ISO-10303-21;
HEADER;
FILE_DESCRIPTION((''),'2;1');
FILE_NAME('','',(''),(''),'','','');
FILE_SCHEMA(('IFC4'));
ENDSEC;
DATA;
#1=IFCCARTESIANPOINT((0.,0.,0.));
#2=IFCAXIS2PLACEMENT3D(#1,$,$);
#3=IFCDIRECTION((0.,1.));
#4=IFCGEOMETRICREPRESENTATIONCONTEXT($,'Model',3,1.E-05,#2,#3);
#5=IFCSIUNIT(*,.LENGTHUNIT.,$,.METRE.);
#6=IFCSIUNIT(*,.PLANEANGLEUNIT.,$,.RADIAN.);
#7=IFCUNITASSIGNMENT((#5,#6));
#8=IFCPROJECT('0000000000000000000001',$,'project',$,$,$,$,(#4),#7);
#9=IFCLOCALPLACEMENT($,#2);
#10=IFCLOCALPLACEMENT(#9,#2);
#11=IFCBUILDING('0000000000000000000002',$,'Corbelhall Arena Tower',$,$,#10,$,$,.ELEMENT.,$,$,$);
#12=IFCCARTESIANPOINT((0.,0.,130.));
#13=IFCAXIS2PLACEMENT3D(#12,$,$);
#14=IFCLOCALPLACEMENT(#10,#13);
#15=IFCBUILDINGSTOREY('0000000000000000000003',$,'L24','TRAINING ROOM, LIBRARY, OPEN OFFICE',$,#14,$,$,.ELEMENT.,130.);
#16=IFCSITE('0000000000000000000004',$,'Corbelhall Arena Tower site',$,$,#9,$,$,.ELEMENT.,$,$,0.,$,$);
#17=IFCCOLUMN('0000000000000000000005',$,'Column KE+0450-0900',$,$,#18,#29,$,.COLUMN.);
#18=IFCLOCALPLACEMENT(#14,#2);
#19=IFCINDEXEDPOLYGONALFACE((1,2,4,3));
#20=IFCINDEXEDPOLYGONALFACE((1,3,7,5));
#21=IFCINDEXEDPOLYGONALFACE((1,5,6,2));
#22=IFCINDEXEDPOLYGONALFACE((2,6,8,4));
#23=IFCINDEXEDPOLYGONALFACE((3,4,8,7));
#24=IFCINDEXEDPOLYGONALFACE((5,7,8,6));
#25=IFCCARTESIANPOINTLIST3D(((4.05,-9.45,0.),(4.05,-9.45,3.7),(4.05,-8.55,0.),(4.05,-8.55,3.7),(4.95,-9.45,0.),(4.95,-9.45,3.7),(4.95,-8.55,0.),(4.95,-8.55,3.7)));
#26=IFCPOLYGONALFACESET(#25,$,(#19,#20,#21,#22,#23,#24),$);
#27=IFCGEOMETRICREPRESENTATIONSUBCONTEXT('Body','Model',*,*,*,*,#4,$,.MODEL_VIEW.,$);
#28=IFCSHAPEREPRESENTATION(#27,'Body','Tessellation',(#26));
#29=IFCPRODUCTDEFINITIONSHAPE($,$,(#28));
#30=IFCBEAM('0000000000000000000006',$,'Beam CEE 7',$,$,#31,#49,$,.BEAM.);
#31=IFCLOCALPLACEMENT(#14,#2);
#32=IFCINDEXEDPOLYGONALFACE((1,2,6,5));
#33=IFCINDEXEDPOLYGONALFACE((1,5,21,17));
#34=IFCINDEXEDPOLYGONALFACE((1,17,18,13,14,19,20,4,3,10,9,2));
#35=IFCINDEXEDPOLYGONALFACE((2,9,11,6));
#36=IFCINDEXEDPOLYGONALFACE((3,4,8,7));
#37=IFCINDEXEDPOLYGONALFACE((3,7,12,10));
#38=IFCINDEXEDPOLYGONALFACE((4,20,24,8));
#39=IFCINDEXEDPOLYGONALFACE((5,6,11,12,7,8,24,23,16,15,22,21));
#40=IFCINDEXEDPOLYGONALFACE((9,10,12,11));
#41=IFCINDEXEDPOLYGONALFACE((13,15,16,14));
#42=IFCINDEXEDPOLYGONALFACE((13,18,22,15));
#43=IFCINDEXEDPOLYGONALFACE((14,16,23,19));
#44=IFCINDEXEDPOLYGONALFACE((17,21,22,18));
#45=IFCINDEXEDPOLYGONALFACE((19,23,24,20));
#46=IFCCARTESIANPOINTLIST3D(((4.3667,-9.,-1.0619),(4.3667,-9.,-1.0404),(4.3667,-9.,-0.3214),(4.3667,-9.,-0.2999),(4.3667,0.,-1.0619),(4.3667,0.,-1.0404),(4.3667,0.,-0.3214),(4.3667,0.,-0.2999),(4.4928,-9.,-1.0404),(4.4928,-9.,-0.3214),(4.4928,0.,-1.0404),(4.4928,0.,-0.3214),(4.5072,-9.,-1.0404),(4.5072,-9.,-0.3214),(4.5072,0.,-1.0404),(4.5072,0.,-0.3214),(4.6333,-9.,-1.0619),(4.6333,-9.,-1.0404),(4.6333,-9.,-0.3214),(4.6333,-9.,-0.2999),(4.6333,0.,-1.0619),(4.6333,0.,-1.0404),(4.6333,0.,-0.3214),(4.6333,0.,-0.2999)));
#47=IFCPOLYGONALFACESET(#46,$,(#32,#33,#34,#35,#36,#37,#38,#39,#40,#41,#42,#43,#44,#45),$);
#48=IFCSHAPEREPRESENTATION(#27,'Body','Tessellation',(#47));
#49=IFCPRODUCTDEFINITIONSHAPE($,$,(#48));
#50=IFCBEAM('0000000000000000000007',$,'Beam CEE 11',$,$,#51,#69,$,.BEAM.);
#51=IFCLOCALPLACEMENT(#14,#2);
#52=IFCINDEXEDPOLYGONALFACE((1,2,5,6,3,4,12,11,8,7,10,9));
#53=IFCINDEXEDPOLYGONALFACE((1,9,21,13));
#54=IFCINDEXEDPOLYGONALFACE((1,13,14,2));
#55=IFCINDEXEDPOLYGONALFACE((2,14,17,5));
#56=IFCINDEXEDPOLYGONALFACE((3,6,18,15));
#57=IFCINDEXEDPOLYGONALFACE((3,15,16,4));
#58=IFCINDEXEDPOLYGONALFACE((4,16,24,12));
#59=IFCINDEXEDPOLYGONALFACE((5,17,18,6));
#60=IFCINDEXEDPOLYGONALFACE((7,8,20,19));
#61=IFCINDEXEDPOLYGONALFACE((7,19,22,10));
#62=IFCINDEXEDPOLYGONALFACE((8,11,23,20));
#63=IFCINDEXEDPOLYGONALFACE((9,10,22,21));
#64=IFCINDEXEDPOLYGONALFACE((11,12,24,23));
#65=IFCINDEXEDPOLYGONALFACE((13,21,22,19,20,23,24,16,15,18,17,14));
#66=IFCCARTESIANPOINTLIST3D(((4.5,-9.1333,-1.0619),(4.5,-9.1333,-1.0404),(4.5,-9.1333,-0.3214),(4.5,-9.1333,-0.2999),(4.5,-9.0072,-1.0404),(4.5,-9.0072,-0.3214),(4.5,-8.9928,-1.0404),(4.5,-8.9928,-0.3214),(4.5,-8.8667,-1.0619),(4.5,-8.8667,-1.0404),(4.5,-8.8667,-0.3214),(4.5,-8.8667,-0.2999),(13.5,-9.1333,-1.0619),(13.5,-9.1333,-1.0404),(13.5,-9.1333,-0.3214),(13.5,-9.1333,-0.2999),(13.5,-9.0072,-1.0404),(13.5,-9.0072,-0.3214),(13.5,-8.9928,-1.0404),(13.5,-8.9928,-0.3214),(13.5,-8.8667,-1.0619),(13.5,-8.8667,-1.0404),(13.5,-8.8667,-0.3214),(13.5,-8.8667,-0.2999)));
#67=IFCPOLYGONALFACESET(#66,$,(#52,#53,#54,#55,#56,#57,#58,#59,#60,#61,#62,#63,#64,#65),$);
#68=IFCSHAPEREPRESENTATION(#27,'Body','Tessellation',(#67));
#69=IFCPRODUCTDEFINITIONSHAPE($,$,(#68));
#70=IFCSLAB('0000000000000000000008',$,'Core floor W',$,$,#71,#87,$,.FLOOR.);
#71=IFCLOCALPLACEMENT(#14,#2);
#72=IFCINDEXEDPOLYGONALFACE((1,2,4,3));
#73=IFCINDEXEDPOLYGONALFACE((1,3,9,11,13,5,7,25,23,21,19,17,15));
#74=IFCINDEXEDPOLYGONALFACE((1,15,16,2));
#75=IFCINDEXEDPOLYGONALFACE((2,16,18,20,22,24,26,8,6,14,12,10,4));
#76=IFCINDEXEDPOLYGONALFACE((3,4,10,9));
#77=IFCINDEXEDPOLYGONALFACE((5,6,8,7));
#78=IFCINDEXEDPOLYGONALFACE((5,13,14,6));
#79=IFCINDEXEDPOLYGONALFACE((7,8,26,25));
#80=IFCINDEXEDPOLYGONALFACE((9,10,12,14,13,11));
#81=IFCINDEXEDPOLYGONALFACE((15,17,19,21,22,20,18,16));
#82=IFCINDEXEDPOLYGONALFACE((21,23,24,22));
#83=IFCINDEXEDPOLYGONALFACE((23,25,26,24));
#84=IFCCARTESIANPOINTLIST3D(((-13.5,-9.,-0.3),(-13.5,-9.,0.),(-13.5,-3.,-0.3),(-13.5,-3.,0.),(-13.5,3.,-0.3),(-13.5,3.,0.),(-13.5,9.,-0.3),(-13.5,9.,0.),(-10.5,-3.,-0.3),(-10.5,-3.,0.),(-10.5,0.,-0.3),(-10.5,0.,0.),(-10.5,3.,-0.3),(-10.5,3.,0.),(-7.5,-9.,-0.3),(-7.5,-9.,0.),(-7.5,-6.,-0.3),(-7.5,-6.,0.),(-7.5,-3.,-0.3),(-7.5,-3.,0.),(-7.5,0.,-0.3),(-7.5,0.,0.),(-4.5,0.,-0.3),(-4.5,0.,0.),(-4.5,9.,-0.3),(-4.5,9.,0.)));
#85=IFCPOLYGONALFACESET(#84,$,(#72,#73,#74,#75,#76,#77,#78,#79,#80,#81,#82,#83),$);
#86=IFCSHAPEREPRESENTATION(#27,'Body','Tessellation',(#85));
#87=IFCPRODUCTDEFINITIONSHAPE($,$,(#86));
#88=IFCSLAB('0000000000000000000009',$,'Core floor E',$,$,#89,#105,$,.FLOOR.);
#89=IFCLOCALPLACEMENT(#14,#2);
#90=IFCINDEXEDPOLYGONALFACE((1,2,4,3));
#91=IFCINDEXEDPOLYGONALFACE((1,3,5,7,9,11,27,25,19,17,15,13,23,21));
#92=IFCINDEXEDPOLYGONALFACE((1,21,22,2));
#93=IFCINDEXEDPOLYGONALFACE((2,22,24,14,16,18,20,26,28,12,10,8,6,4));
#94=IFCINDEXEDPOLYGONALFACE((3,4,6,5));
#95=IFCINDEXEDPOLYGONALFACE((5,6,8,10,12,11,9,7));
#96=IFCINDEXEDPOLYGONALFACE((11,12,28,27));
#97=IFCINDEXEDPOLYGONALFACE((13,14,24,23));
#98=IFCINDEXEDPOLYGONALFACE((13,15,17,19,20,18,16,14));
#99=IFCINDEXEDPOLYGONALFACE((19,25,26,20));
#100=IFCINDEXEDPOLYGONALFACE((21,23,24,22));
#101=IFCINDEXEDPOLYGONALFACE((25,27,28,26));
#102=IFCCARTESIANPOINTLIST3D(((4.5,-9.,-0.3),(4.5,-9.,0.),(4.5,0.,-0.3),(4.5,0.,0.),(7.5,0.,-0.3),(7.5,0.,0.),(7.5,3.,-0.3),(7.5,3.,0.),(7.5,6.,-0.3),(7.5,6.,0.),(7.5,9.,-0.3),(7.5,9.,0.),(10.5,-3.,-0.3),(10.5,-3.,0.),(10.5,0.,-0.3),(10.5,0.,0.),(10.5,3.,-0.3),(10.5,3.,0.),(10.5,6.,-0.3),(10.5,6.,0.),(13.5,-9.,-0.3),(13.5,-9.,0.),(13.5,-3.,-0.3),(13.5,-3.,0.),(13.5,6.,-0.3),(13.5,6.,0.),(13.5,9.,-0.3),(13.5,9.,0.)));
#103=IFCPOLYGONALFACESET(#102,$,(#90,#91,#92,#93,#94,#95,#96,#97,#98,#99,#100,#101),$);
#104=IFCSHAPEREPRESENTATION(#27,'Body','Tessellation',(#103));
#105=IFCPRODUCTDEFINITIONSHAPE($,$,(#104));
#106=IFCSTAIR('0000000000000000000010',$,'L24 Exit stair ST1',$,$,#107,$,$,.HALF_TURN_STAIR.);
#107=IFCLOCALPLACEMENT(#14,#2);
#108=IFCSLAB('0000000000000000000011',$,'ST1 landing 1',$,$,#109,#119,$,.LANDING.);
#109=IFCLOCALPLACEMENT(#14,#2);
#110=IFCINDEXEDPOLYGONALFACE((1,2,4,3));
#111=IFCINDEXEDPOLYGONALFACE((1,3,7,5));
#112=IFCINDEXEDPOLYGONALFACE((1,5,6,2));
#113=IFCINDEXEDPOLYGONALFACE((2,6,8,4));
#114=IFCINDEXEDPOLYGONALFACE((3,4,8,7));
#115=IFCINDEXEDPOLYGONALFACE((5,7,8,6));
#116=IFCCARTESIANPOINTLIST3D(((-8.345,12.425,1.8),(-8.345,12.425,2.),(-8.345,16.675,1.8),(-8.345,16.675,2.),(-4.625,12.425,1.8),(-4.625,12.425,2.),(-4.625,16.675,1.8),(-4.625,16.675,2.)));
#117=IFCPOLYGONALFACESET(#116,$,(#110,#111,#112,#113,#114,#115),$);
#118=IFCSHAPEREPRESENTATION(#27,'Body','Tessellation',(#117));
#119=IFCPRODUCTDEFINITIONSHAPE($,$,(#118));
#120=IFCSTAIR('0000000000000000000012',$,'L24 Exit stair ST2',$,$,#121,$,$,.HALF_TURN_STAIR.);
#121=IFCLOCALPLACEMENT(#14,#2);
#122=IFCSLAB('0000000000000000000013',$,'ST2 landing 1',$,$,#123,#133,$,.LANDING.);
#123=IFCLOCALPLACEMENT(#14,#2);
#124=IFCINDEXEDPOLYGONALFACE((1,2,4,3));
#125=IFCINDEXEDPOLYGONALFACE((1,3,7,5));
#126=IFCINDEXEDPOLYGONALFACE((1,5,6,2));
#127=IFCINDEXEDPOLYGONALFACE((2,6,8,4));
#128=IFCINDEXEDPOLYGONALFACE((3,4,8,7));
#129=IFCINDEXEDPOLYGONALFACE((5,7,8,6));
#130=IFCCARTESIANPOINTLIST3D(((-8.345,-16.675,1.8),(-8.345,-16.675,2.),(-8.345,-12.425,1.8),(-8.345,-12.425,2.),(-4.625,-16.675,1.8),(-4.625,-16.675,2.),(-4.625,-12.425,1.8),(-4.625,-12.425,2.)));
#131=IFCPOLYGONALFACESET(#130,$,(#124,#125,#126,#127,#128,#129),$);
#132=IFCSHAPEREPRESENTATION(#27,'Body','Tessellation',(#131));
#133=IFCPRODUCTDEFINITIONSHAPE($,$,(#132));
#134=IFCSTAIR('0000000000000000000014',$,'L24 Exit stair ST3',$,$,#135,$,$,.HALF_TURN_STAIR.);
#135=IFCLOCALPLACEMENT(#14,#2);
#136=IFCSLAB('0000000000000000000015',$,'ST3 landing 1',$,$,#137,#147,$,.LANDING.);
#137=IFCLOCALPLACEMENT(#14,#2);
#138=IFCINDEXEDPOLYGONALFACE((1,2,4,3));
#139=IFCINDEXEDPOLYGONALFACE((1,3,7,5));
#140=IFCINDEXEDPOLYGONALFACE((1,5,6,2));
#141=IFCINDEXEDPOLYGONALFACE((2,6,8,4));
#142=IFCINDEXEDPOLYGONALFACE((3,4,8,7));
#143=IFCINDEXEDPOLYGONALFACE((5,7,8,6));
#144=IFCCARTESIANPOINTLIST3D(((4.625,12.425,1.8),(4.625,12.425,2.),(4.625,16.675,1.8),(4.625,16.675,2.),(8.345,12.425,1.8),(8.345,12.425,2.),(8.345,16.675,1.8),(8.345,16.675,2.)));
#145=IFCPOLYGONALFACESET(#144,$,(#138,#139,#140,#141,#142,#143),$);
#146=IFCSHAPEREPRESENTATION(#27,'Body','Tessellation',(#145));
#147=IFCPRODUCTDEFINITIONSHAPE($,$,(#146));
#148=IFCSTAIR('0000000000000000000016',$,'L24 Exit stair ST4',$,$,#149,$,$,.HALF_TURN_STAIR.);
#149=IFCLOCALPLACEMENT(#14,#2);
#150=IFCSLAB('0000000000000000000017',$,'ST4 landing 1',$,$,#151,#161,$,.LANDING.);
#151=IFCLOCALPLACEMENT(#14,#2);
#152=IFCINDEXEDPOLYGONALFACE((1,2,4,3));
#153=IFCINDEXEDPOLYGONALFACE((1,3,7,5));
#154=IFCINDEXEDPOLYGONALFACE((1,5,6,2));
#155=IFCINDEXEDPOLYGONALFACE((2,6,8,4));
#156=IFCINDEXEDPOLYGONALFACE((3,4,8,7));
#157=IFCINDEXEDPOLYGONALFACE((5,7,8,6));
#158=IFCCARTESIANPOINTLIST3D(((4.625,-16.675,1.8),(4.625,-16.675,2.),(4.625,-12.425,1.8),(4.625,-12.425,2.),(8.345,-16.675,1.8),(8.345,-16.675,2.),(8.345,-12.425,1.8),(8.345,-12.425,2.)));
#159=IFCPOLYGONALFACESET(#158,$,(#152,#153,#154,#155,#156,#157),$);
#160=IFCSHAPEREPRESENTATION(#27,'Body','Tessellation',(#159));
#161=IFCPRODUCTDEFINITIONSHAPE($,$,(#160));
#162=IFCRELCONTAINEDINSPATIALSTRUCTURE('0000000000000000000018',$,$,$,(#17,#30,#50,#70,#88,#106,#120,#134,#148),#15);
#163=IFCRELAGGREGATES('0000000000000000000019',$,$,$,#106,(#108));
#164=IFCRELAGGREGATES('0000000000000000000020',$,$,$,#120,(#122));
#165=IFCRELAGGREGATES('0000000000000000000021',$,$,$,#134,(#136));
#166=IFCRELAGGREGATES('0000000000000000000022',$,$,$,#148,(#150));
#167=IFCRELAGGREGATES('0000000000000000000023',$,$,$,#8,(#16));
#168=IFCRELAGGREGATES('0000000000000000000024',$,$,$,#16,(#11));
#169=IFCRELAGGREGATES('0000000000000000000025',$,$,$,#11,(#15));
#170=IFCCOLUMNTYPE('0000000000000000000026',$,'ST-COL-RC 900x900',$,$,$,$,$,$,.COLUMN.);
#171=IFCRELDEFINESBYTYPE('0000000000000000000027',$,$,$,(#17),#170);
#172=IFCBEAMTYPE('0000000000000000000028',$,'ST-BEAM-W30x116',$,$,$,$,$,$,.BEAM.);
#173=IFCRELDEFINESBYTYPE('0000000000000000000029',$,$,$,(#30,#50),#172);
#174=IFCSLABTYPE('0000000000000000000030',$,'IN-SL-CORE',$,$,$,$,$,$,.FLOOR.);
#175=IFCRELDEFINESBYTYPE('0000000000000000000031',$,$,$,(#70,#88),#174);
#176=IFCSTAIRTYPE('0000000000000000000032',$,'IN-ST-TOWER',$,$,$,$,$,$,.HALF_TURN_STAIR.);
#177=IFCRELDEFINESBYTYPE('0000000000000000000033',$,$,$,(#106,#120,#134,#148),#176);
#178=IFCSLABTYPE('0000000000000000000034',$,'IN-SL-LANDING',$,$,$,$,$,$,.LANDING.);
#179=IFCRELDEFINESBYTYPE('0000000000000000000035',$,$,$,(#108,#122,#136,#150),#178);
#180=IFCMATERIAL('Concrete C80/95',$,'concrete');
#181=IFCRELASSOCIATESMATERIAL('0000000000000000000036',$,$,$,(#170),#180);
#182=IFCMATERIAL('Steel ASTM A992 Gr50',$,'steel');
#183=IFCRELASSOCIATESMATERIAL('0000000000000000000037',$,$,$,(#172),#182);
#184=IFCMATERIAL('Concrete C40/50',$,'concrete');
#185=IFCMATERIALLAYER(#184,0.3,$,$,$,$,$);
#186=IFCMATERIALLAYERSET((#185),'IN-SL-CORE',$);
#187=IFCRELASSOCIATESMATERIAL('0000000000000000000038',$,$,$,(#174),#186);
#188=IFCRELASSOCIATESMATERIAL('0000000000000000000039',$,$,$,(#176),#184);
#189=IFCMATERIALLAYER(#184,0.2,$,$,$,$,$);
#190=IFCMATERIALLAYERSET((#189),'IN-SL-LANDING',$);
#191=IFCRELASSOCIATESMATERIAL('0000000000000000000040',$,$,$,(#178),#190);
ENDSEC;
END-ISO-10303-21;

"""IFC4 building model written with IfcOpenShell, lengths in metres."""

from ifc_helpers import new_model, si_unit, direction, frame, origin, origin_2d, place, context, subcontext, project, spatial, polyline, rectangle, i_section, outline, extrude, material, layer, layer_set, material_profile, profile_set, type_object, element, aggregate, save


model = new_model("IFC4")

# Units and contexts
model_context = context("Model", 3, precision=1e-05, world=origin(), true_north=direction((0.0, 1.0)))
body_context = subcontext(model_context, "Body", "Model", "MODEL_VIEW")
ifc_project = project(units=[si_unit("LENGTHUNIT", "METRE"), si_unit("PLANEANGLEUNIT", "RADIAN")], contexts=[model_context])

# Site, building, storey
site_placement = place(None, origin())
site = spatial("IfcSite", under=ifc_project, at=site_placement, Name="Corbelhall Arena Tower site", CompositionType="ELEMENT", RefElevation=0.0)
building_placement = place(site_placement, origin())
building = spatial("IfcBuilding", under=site, at=building_placement, Name="Corbelhall Arena Tower", CompositionType="ELEMENT")
storey_placement = place(building_placement, frame((0.0, 0.0, 130.0)))
storey = spatial("IfcBuildingStorey", under=building, at=storey_placement, Name="L24", Description="TRAINING ROOM, LIBRARY, OPEN OFFICE", CompositionType="ELEMENT", Elevation=130.0)

# Column
ifc_material_1 = material(Name="Concrete C80/95", Category="concrete")
ifc_material_profile_1 = material_profile(ifc_material_1, rectangle(XDim=0.8999, YDim=0.8999, at=origin_2d()))
ifc_profile_set_1 = profile_set([ifc_material_profile_1], Name="Concrete C80/95")
column_type = type_object("IfcColumnType", Name="ST-COL-RC 900x900", PredefinedType="COLUMN", material=ifc_profile_set_1)
column_placement = place(storey_placement, frame((4.5, -9.0, 0.0), z_axis=(0.0, 0.0, 1.0), x_axis=(1.0, 0.0, 0.0)))
element("IfcColumn", 1, at=column_placement, inside=storey, type_object=column_type, Name="Column KE+0450-0900", PredefinedType="COLUMN", context=body_context, shape_type="SweptSolid", body=[
    extrude(rectangle(XDim=0.8999, YDim=0.8999, at=origin_2d()), origin(), (0.0, 0.0, 1.0), 3.7),
])

# Beams
ifc_material_2 = material(Name="Steel ASTM A992 Gr50", Category="steel")
ifc_material_profile_2 = material_profile(ifc_material_2, i_section(OverallWidth=0.2666, OverallDepth=0.762, WebThickness=0.0144, FlangeThickness=0.0215, at=origin_2d()))
ifc_profile_set_2 = profile_set([ifc_material_profile_2], Name="Steel ASTM A992 Gr50")
beam_type = type_object("IfcBeamType", Name="ST-BEAM-W30x116", PredefinedType="BEAM", material=ifc_profile_set_2)
for number, where, z_axis, x_axis, name in (
    (2, (4.5, -9.0, -0.6809), (0.0, 1.0, 0.0), (-1.0, 0.0, 0.0), "Beam CEE 7"),
    (3, (4.5, -9.0, -0.6809), (1.0, 0.0, 0.0), (0.0, 1.0, 0.0), "Beam CEE 11"),
):
    element("IfcBeam", number, at=place(storey_placement, frame(where, z_axis=z_axis, x_axis=x_axis)), inside=storey, type_object=beam_type, Name=name, PredefinedType="BEAM", context=body_context, shape_type="SweptSolid", body=[
        extrude(i_section(OverallWidth=0.2666, OverallDepth=0.762, WebThickness=0.0144, FlangeThickness=0.0215, at=origin_2d()), origin(), (0.0, 0.0, 1.0), 9.0),
    ])

# Slabs
ifc_material_3 = material(Name="Concrete C40/50", Category="concrete")
ifc_layer_1 = layer(ifc_material_3, 0.3)
ifc_layer_set_1 = layer_set([ifc_layer_1], Name="IN-SL-CORE")
slab_type_1 = type_object("IfcSlabType", Name="IN-SL-CORE", PredefinedType="FLOOR", material=ifc_layer_set_1)
slab_1_placement = place(storey_placement, frame((0.0, 0.0, -0.3)))
element("IfcSlab", 4, at=slab_1_placement, inside=storey, type_object=slab_type_1, Name="Core floor W", PredefinedType="FLOOR", context=body_context, shape_type="SweptSolid", body=[
    extrude(outline(polyline([(-7.5, 0.0), (-4.5, 0.0), (-4.5, 9.0), (-13.5, 9.0), (-13.5, 3.0), (-10.5, 3.0), (-10.5, 0.0), (-10.5, -3.0), (-13.5, -3.0), (-13.5, -9.0), (-7.5, -9.0), (-7.5, -6.0), (-7.5, -3.0), (-7.5, 0.0)])), origin(), (0.0, 0.0, 1.0), 0.3),
])
slab_2_placement = place(storey_placement, frame((0.0, 0.0, -0.3)))
element("IfcSlab", 5, at=slab_2_placement, inside=storey, type_object=slab_type_1, Name="Core floor E", PredefinedType="FLOOR", context=body_context, shape_type="SweptSolid", body=[
    extrude(outline(polyline([(7.5, 0.0), (4.5, 0.0), (4.5, -9.0), (13.5, -9.0), (13.5, -3.0), (10.5, -3.0), (10.5, 0.0), (10.5, 3.0), (10.5, 6.0), (13.5, 6.0), (13.5, 9.0), (7.5, 9.0), (7.5, 6.0), (7.5, 3.0), (7.5, 0.0)])), origin(), (0.0, 0.0, 1.0), 0.3),
])

# Stairs, slabs
stair_type = type_object("IfcStairType", Name="IN-ST-TOWER", PredefinedType="HALF_TURN_STAIR", material=ifc_material_3)
stair_1_placement = place(storey_placement, origin())
stair_1 = element("IfcStair", 6, at=stair_1_placement, inside=storey, type_object=stair_type, Name="L24 Exit stair ST1", PredefinedType="HALF_TURN_STAIR")
ifc_layer_2 = layer(ifc_material_3, 0.2)
ifc_layer_set_2 = layer_set([ifc_layer_2], Name="IN-SL-LANDING")
slab_type_2 = type_object("IfcSlabType", Name="IN-SL-LANDING", PredefinedType="LANDING", material=ifc_layer_set_2)
slab_3_placement = place(storey_placement, frame((0.0, 0.0, 1.8)))
slab_3 = element("IfcSlab", 7, at=slab_3_placement, type_object=slab_type_2, Name="ST1 landing 1", PredefinedType="LANDING", context=body_context, shape_type="SweptSolid", body=[
    extrude(outline(polyline([(-8.345, 12.425), (-4.625, 12.425), (-4.625, 16.675), (-8.345, 16.675), (-8.345, 12.425)])), origin(), (0.0, 0.0, 1.0), 0.2),
])
aggregate(stair_1, [slab_3])
stair_2_placement = place(storey_placement, origin())
stair_2 = element("IfcStair", 8, at=stair_2_placement, inside=storey, type_object=stair_type, Name="L24 Exit stair ST2", PredefinedType="HALF_TURN_STAIR")
slab_4_placement = place(storey_placement, frame((0.0, 0.0, 1.8)))
slab_4 = element("IfcSlab", 9, at=slab_4_placement, type_object=slab_type_2, Name="ST2 landing 1", PredefinedType="LANDING", context=body_context, shape_type="SweptSolid", body=[
    extrude(outline(polyline([(-8.345, -16.675), (-4.625, -16.675), (-4.625, -12.425), (-8.345, -12.425), (-8.345, -16.675)])), origin(), (0.0, 0.0, 1.0), 0.2),
])
aggregate(stair_2, [slab_4])
stair_3_placement = place(storey_placement, origin())
stair_3 = element("IfcStair", 10, at=stair_3_placement, inside=storey, type_object=stair_type, Name="L24 Exit stair ST3", PredefinedType="HALF_TURN_STAIR")
slab_5_placement = place(storey_placement, frame((0.0, 0.0, 1.8)))
slab_5 = element("IfcSlab", 11, at=slab_5_placement, type_object=slab_type_2, Name="ST3 landing 1", PredefinedType="LANDING", context=body_context, shape_type="SweptSolid", body=[
    extrude(outline(polyline([(8.345, 16.675), (4.625, 16.675), (4.625, 12.425), (8.345, 12.425), (8.345, 16.675)])), origin(), (0.0, 0.0, 1.0), 0.2),
])
aggregate(stair_3, [slab_5])
stair_4_placement = place(storey_placement, origin())
stair_4 = element("IfcStair", 12, at=stair_4_placement, inside=storey, type_object=stair_type, Name="L24 Exit stair ST4", PredefinedType="HALF_TURN_STAIR")
slab_6_placement = place(storey_placement, frame((0.0, 0.0, 1.8)))
slab_6 = element("IfcSlab", 13, at=slab_6_placement, type_object=slab_type_2, Name="ST4 landing 1", PredefinedType="LANDING", context=body_context, shape_type="SweptSolid", body=[
    extrude(outline(polyline([(8.345, -12.425), (4.625, -12.425), (4.625, -16.675), (8.345, -16.675), (8.345, -12.425)])), origin(), (0.0, 0.0, 1.0), 0.2),
])
aggregate(stair_4, [slab_6])

save(model, "model.ifc")
